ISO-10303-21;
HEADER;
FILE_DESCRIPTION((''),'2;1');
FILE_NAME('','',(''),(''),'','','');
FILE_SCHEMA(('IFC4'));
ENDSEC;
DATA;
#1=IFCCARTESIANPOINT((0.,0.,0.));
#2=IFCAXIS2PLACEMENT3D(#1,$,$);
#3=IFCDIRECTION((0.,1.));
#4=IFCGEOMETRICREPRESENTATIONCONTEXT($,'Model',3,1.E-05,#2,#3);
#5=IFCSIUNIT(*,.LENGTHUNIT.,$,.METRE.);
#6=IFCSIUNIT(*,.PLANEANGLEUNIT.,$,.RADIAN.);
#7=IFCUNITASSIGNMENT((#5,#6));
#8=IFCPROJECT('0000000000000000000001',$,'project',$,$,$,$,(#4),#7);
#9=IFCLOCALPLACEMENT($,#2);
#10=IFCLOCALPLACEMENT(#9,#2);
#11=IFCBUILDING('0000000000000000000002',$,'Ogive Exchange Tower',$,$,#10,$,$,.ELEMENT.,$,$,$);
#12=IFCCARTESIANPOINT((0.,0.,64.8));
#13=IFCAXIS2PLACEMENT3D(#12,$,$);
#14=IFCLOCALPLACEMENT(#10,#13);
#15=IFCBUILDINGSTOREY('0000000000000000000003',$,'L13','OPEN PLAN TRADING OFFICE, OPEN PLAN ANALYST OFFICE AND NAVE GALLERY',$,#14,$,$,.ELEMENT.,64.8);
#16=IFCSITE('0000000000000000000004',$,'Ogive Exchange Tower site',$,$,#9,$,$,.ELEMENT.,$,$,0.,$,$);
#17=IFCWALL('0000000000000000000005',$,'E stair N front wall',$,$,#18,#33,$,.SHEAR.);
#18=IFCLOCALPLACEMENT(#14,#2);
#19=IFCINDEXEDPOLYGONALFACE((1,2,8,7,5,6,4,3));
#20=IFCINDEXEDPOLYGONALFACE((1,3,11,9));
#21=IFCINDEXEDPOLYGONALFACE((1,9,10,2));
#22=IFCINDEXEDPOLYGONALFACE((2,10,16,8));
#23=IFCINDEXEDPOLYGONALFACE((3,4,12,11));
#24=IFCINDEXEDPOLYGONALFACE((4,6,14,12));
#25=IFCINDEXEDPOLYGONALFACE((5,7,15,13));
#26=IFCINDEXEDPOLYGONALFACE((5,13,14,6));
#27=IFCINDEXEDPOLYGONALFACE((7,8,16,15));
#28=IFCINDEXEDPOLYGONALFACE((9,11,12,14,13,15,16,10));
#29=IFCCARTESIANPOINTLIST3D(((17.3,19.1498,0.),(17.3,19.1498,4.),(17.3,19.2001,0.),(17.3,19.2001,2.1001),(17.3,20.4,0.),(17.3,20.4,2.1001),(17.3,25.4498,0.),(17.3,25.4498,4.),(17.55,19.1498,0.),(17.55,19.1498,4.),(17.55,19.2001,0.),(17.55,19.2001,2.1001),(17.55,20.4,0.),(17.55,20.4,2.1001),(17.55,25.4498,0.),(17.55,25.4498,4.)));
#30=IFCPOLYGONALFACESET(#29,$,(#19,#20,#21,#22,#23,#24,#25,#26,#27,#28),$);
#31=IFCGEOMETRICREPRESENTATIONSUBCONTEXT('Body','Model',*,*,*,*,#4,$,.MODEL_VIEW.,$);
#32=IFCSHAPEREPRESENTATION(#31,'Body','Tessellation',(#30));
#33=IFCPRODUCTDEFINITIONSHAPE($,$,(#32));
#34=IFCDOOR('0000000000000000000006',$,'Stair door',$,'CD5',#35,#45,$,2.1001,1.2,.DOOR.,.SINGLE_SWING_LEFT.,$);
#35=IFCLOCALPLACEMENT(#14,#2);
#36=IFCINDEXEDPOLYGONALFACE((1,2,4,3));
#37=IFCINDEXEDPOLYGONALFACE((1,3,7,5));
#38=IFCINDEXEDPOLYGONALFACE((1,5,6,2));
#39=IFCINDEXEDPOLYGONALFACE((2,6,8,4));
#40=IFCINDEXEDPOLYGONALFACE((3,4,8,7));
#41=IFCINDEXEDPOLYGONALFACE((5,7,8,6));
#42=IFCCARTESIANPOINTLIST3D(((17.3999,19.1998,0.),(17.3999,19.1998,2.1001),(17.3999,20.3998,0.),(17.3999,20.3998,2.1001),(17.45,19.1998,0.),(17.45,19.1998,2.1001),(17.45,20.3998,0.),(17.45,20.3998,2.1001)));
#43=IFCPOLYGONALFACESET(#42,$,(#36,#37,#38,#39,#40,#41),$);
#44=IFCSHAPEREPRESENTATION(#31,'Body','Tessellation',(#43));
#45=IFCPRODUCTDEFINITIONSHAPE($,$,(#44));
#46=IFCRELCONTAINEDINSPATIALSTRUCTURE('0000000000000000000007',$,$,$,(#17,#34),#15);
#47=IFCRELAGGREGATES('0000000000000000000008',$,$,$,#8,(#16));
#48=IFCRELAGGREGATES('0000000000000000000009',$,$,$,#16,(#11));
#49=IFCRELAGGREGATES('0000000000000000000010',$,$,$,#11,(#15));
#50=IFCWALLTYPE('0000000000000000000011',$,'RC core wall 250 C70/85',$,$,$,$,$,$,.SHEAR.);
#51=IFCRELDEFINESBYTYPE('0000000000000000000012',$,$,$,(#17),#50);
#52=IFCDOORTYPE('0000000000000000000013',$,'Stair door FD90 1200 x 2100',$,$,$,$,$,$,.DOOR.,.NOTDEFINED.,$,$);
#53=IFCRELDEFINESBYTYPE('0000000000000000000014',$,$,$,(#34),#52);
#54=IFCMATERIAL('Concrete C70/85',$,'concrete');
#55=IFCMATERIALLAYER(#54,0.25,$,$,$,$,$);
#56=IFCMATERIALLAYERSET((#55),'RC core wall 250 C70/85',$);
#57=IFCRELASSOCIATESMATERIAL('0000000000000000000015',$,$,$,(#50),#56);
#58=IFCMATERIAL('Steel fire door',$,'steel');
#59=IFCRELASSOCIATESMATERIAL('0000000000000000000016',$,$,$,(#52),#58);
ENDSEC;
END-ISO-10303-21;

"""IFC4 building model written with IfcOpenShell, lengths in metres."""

from ifc_helpers import new_model, si_unit, direction, frame, frame_2d, origin, place, context, subcontext, project, spatial, rectangle, extrude, material, layer, layer_set, type_object, element, fill, save


model = new_model("IFC4")

# Units and contexts
model_context = context("Model", 3, precision=1e-05, world=origin(), true_north=direction((0.0, 1.0)))
body_context = subcontext(model_context, "Body", "Model", "MODEL_VIEW")
ifc_project = project(units=[si_unit("LENGTHUNIT", "METRE"), si_unit("PLANEANGLEUNIT", "RADIAN")], contexts=[model_context])

# Site, building, storey
site_placement = place(None, origin())
site = spatial("IfcSite", under=ifc_project, at=site_placement, Name="Ogive Exchange Tower site", CompositionType="ELEMENT", RefElevation=0.0)
building_placement = place(site_placement, origin())
building = spatial("IfcBuilding", under=site, at=building_placement, Name="Ogive Exchange Tower", CompositionType="ELEMENT")
storey_placement = place(building_placement, frame((0.0, 0.0, 64.8)))
storey = spatial("IfcBuildingStorey", under=building, at=storey_placement, Name="L13", Description="OPEN PLAN TRADING OFFICE, OPEN PLAN ANALYST OFFICE AND NAVE GALLERY", CompositionType="ELEMENT", Elevation=64.8)

# Wall, opening, door
ifc_material_1 = material(Name="Concrete C70/85", Category="concrete")
ifc_layer_1 = layer(ifc_material_1, 0.25)
ifc_layer_set_1 = layer_set([ifc_layer_1], Name="RC core wall 250 C70/85")
wall_type_1 = type_object("IfcWallType", Name="RC core wall 250 C70/85", PredefinedType="SHEAR", material=ifc_layer_set_1)
wall_1_placement = place(storey_placement, frame((17.425, 19.1499, 0.0), z_axis=(0.0, 0.0, 1.0), x_axis=(0.0, 1.0, 0.0)))
wall_1 = element("IfcWall", 1, at=wall_1_placement, inside=storey, type_object=wall_type_1, Name="E stair N front wall", PredefinedType="SHEAR", context=body_context, shape_type="SweptSolid", body=[
    extrude(rectangle(XDim=6.3, YDim=0.25, at=frame_2d((3.1499, 0.0))), origin(), (0.0, 0.0, 1.0), 4.0),
])
opening_1_placement = place(wall_1_placement, frame((0.05, 0.0, 0.0)))
opening_1 = element("IfcOpeningElement", 2, at=opening_1_placement, cuts=wall_1, PredefinedType="OPENING", context=body_context, shape_type="SweptSolid", body=[
    extrude(rectangle(XDim=1.2, YDim=2.1001, at=frame_2d((0.6001, 1.05))), frame((0.0, 0.135, 0.0), z_axis=(0.0, -1.0, 0.0), x_axis=(1.0, 0.0, 0.0)), (0.0, 0.0, 1.0), 0.27),
])
ifc_material_2 = material(Name="Steel fire door", Category="steel")
door_type_1 = type_object("IfcDoorType", Name="Stair door FD90 1200 x 2100", OperationType="NOTDEFINED", PredefinedType="DOOR", material=ifc_material_2)
door_1_placement = place(opening_1_placement, frame((1.2, 0.0, 0.0), z_axis=(0.0, 0.0, 1.0), x_axis=(-1.0, 0.0, 0.0)))
door_1 = element("IfcDoor", 3, at=door_1_placement, inside=storey, type_object=door_type_1, Name="Stair door", ObjectType="CD5", OperationType="SINGLE_SWING_LEFT", OverallHeight=2.1001, OverallWidth=1.2, PredefinedType="DOOR", context=body_context, shape_type="SweptSolid", body=[
    extrude(rectangle(XDim=1.2, YDim=2.1001, at=frame_2d((0.6001, 1.05))), frame((0.0, 0.0249, 0.0), z_axis=(0.0, -1.0, 0.0), x_axis=(1.0, 0.0, 0.0)), (0.0, 0.0, 1.0), 0.05),
])
fill(opening_1, door_1)

save(model, "model.ifc")
